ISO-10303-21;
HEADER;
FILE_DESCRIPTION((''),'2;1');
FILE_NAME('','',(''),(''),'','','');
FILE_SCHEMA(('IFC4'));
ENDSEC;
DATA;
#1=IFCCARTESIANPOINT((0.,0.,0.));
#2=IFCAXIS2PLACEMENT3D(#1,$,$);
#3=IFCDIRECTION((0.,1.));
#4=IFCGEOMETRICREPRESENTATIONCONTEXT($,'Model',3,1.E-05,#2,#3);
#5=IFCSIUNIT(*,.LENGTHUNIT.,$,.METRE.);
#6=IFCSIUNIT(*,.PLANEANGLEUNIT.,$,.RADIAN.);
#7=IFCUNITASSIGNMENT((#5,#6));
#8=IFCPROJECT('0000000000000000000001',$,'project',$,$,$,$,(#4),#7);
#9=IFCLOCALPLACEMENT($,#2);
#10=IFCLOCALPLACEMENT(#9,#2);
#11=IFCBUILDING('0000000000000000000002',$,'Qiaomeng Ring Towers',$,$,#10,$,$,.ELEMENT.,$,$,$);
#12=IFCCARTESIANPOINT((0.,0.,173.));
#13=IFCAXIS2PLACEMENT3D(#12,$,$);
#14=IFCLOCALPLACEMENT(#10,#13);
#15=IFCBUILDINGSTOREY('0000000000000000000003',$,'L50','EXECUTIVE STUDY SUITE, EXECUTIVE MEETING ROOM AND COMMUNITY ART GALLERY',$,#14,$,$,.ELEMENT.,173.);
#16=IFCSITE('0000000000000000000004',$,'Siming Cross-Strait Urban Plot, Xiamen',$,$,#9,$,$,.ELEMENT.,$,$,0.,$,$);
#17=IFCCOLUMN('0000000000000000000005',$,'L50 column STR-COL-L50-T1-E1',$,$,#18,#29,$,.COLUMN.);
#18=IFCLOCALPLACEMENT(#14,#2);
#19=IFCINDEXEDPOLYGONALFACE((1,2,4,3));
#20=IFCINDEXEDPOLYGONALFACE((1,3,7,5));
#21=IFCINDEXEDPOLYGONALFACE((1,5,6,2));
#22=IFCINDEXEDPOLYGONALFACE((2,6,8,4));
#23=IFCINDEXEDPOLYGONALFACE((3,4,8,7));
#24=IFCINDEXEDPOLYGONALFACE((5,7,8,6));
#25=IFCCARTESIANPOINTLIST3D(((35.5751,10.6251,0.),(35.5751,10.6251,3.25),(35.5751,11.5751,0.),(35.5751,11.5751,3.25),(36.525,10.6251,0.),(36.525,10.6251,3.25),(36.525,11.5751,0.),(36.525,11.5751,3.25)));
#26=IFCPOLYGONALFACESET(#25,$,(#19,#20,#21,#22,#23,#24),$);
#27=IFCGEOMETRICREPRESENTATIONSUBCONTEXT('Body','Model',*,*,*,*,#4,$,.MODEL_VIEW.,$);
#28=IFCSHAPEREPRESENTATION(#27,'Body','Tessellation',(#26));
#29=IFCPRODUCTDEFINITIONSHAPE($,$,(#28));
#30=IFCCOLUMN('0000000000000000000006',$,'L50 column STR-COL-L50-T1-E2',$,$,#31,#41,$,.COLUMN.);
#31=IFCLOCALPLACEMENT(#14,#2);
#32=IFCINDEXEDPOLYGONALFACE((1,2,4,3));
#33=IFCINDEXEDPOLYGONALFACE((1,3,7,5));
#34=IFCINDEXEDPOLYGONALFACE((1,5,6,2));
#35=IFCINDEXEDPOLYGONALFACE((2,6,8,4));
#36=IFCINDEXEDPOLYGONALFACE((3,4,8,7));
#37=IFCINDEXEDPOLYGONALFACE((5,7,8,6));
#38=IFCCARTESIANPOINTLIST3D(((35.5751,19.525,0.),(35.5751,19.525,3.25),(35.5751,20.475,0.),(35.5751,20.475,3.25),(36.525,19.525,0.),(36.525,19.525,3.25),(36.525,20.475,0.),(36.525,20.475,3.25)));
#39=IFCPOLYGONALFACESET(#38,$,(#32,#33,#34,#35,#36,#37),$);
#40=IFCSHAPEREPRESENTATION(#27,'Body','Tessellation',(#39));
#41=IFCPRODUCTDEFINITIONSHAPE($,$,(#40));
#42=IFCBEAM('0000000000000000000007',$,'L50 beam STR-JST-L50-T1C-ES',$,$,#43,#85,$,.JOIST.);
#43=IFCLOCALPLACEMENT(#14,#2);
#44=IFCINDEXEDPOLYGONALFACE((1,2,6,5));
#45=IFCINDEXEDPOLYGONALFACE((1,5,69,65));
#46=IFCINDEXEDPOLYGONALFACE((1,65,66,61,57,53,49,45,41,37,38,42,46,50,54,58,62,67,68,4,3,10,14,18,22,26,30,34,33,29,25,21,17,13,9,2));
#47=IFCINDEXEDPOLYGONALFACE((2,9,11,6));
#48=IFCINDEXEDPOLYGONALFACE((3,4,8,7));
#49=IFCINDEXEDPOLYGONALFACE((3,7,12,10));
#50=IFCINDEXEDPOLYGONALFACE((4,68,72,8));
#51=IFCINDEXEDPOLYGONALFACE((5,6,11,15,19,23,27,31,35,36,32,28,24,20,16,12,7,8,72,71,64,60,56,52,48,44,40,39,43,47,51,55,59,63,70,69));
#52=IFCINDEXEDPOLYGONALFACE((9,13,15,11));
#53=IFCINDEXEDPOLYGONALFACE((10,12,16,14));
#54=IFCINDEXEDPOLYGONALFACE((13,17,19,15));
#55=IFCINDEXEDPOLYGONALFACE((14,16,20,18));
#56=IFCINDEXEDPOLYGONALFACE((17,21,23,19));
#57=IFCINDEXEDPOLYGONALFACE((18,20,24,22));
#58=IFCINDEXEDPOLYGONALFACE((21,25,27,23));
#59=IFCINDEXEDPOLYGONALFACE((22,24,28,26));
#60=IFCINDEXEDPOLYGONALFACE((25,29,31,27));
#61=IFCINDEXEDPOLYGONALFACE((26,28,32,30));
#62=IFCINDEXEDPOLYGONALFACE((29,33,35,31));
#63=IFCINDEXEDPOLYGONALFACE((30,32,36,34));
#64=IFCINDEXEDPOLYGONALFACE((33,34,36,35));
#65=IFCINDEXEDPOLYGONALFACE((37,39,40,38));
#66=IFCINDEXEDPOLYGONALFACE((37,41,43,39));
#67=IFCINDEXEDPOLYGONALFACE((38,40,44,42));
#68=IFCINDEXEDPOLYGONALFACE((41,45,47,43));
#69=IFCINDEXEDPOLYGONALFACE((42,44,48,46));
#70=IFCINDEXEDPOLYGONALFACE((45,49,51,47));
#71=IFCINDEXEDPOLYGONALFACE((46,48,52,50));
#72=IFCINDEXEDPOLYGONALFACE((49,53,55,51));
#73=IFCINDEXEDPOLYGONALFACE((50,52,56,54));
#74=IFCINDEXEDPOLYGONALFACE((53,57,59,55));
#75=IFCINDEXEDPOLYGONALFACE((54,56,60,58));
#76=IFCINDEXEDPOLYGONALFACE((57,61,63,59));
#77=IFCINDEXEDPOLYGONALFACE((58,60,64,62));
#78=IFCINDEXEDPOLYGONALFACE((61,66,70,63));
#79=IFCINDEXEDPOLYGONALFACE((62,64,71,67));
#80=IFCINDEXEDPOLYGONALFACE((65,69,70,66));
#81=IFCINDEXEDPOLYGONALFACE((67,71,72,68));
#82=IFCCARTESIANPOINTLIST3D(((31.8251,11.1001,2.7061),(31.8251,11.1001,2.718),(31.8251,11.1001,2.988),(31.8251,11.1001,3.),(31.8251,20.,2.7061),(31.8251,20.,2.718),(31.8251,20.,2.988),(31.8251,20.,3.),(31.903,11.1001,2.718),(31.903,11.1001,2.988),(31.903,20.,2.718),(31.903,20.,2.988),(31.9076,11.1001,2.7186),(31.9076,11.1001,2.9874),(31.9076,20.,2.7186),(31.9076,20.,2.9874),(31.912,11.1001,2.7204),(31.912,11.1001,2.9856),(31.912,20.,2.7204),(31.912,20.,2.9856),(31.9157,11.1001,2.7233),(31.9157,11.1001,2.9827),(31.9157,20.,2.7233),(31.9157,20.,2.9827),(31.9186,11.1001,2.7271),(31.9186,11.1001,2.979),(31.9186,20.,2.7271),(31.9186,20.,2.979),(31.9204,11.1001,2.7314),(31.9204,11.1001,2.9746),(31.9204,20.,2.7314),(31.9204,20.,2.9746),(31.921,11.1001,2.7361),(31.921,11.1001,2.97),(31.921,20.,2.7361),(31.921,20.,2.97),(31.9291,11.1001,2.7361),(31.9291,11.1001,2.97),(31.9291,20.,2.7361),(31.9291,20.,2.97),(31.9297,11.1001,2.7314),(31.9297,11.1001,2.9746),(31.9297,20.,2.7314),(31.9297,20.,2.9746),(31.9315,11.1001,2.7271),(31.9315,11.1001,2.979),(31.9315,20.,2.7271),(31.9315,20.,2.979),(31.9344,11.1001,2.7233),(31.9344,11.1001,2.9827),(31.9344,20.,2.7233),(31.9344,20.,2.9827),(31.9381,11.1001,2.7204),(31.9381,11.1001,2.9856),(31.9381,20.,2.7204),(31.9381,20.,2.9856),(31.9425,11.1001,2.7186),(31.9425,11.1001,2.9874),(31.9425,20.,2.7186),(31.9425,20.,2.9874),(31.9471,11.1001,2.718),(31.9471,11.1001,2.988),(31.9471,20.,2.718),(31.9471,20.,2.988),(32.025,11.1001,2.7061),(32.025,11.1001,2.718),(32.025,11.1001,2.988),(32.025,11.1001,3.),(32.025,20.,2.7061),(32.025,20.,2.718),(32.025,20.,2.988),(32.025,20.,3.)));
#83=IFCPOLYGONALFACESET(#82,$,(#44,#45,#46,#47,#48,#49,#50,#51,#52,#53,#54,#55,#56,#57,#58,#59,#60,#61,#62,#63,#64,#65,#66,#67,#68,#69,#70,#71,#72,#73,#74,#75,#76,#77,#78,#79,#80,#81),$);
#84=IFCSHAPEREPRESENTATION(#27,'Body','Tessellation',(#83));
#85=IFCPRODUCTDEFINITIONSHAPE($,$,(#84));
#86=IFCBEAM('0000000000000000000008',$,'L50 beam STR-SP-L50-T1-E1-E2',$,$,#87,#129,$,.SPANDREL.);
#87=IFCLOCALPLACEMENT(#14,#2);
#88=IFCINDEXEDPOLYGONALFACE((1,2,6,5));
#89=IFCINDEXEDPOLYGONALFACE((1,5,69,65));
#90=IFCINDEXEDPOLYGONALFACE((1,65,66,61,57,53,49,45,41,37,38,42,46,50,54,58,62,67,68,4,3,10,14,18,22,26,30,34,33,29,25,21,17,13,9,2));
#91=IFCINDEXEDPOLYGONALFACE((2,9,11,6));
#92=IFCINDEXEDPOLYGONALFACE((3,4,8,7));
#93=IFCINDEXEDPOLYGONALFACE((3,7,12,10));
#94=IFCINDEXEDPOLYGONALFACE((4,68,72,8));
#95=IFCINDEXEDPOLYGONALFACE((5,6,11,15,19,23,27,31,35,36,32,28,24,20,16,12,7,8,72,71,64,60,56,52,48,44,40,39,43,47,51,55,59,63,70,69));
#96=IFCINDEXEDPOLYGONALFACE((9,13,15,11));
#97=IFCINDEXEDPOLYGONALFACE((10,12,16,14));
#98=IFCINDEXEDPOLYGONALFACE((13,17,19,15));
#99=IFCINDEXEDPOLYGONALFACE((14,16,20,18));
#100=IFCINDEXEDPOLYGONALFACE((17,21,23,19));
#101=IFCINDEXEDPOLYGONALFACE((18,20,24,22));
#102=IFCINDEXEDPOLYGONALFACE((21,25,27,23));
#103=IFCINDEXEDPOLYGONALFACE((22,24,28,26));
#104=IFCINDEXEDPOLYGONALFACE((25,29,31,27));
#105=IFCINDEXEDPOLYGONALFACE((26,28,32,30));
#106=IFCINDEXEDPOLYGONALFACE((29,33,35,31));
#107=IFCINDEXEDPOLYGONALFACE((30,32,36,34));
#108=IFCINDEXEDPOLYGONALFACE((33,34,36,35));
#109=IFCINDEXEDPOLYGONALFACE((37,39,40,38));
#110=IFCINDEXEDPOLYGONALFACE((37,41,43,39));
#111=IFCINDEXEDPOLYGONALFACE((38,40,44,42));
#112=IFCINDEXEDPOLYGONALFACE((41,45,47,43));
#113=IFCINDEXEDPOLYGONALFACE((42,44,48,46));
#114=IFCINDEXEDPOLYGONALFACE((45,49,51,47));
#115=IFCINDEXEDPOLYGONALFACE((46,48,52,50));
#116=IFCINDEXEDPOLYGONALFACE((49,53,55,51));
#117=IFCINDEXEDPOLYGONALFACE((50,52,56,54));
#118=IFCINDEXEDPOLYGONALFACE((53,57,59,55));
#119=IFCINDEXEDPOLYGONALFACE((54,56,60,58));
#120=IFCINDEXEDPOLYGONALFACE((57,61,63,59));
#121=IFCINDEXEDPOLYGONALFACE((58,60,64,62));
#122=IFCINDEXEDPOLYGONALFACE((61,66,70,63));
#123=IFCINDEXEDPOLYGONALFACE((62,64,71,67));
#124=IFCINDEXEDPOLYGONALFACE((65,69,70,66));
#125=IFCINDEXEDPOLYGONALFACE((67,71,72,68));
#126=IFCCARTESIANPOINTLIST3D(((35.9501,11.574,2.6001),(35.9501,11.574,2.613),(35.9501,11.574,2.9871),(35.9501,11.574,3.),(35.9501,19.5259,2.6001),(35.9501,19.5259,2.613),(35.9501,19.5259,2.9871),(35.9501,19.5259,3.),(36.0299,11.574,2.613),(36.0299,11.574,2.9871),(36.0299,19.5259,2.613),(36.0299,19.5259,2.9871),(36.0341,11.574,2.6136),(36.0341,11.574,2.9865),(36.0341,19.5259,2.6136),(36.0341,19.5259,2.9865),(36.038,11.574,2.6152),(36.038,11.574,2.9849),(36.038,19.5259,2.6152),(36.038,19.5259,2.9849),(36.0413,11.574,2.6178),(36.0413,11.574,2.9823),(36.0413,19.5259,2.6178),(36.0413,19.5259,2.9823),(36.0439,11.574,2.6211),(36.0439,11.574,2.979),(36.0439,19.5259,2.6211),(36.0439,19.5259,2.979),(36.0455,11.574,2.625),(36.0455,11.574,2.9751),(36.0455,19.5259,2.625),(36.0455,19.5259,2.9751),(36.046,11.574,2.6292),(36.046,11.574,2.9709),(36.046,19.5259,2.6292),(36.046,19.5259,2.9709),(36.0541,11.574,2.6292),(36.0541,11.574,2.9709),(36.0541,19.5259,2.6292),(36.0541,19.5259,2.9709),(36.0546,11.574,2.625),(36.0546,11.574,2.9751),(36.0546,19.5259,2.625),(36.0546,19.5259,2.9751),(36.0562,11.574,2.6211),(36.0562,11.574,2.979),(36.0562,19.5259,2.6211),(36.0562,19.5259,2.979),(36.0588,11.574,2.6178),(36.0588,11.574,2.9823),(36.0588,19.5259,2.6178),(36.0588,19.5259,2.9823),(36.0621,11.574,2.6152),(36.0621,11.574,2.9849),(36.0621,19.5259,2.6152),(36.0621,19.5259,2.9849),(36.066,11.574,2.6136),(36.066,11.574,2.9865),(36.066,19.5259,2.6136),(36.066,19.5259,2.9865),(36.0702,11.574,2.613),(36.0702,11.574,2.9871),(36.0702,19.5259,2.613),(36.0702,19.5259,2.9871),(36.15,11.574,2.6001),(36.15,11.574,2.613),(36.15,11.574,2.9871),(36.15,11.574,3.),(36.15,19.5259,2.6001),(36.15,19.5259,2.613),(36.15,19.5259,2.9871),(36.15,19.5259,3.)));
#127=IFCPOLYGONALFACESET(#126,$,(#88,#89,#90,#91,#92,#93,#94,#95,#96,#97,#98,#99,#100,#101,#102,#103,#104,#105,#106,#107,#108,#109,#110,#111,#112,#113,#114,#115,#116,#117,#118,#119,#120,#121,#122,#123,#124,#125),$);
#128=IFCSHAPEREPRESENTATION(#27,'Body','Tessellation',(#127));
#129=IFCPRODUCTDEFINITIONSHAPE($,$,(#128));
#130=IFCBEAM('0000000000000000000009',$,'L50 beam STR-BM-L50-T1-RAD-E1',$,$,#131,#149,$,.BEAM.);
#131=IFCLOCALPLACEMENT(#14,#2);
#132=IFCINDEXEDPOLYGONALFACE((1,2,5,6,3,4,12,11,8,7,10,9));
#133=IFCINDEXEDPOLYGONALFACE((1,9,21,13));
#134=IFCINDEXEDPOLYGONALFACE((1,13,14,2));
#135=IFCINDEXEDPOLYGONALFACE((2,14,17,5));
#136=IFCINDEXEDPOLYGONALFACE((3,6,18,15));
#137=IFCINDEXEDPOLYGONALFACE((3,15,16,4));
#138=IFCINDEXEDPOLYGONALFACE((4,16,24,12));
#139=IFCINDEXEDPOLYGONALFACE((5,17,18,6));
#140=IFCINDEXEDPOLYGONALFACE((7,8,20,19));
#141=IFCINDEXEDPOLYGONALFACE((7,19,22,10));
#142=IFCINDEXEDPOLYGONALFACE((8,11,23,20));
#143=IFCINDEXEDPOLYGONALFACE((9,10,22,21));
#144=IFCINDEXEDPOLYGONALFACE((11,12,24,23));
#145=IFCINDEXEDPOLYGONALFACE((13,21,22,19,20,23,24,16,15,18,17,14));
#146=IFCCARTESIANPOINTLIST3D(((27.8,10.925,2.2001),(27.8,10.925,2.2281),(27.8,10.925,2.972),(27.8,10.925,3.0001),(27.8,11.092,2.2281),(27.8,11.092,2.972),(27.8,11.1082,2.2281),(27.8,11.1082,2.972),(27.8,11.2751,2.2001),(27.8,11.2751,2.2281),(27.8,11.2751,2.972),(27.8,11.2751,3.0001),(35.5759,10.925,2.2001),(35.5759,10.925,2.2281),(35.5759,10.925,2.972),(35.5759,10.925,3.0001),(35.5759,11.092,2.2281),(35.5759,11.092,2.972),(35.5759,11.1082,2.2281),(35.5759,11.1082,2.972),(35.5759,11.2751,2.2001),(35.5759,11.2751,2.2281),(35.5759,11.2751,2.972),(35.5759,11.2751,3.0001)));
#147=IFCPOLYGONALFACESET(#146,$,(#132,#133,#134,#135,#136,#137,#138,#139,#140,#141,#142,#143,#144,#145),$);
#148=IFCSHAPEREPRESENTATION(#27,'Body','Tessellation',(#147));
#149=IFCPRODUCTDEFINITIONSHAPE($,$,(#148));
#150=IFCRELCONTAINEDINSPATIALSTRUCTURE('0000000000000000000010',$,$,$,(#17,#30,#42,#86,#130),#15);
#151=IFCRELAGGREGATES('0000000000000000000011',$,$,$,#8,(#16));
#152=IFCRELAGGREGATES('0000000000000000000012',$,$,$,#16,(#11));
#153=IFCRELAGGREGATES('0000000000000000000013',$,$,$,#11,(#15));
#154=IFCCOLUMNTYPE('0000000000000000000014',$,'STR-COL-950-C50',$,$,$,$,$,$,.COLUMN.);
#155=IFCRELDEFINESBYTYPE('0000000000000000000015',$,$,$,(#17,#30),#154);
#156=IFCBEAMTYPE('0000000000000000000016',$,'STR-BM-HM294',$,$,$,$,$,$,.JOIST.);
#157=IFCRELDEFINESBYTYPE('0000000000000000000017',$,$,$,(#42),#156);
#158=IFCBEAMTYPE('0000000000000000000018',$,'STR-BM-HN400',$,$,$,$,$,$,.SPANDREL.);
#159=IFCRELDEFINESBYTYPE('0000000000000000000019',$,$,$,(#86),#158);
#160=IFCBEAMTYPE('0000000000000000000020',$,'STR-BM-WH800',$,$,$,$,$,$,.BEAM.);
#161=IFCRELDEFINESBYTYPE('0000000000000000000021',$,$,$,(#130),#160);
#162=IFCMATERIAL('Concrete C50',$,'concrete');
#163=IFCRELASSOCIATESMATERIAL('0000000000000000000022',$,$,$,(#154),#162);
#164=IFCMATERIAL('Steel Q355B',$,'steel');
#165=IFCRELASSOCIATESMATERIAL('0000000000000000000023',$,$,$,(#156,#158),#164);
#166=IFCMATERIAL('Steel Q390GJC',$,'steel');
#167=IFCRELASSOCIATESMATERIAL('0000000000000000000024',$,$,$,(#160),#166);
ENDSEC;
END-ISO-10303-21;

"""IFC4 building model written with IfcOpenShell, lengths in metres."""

from ifc_helpers import new_model, si_unit, direction, frame, origin, origin_2d, place, context, subcontext, project, spatial, rectangle, i_section, extrude, source, transform, mapped, material, material_profile, profile_set, type_object, element, save


model = new_model("IFC4")

# Units and contexts
model_context = context("Model", 3, precision=1e-05, world=origin(), true_north=direction((0.0, 1.0)))
body_context = subcontext(model_context, "Body", "Model", "MODEL_VIEW")
ifc_project = project(units=[si_unit("LENGTHUNIT", "METRE"), si_unit("PLANEANGLEUNIT", "RADIAN")], contexts=[model_context])

# Site, building, storey
site_placement = place(None, origin())
site = spatial("IfcSite", under=ifc_project, at=site_placement, Name="Siming Cross-Strait Urban Plot, Xiamen", CompositionType="ELEMENT", RefElevation=0.0)
building_placement = place(site_placement, origin())
building = spatial("IfcBuilding", under=site, at=building_placement, Name="Qiaomeng Ring Towers", CompositionType="ELEMENT")
storey_placement = place(building_placement, frame((0.0, 0.0, 173.0)))
storey = spatial("IfcBuildingStorey", under=building, at=storey_placement, Name="L50", Description="EXECUTIVE STUDY SUITE, EXECUTIVE MEETING ROOM AND COMMUNITY ART GALLERY", CompositionType="ELEMENT", Elevation=173.0)

# Columns
ifc_material_1 = material(Name="Concrete C50", Category="concrete")
ifc_material_profile_1 = material_profile(ifc_material_1, rectangle(XDim=0.95, YDim=0.95, at=origin_2d()), Name="RC COL 950x950")
ifc_profile_set_1 = profile_set([ifc_material_profile_1], Name="Concrete C50")
column_type = type_object("IfcColumnType", Name="STR-COL-950-C50", PredefinedType="COLUMN", material=ifc_profile_set_1)
shared_shape_1 = source(origin(), body_context, "Body", "SweptSolid", [
    extrude(rectangle(XDim=0.95, YDim=0.95, at=origin_2d()), origin(), (0.0, 0.0, 1.0), 3.25),
])
for number, where, z_axis, x_axis, name in (
    (1, (36.05, 11.1001, 0.0), (0.0, 0.0, 1.0), (1.0, 0.0, 0.0), "L50 column STR-COL-L50-T1-E1"),
    (2, (36.05, 20.0, 0.0), (0.0, 0.0, 1.0), (1.0, 0.0, 0.0), "L50 column STR-COL-L50-T1-E2"),
):
    element("IfcColumn", number, at=place(storey_placement, frame(where, z_axis=z_axis, x_axis=x_axis)), inside=storey, type_object=column_type, Name=name, PredefinedType="COLUMN", context=body_context, shape_type="MappedRepresentation", body=[
        mapped(shared_shape_1, transform((0.0, 0.0, 0.0), x_axis=(1.0, 0.0, 0.0), y_axis=(0.0, 1.0, 0.0), z_axis=(0.0, 0.0, 1.0), scale=1.0)),
    ])

# Beams
ifc_material_2 = material(Name="Steel Q355B", Category="steel")
ifc_material_profile_2 = material_profile(ifc_material_2, i_section(OverallWidth=0.2, OverallDepth=0.2939, WebThickness=0.0081, FlangeThickness=0.012, FilletRadius=0.0181, at=origin_2d()), Name="HM 294x200x8x12")
ifc_profile_set_2 = profile_set([ifc_material_profile_2], Name="Steel Q355B")
beam_type_1 = type_object("IfcBeamType", Name="STR-BM-HM294", PredefinedType="JOIST", material=ifc_profile_set_2)
shared_shape_2 = source(origin(), body_context, "Body", "SweptSolid", [
    extrude(i_section(OverallWidth=0.2, OverallDepth=0.2939, WebThickness=0.0081, FlangeThickness=0.012, FilletRadius=0.0181, at=origin_2d()), origin(), (0.0, 0.0, 1.0), 8.8999),
])
beam_1_placement = place(storey_placement, frame((31.925, 11.1001, 2.853), z_axis=(0.0, 1.0, 0.0), x_axis=(-1.0, 0.0, 0.0)))
element("IfcBeam", 3, at=beam_1_placement, inside=storey, type_object=beam_type_1, Name="L50 beam STR-JST-L50-T1C-ES", PredefinedType="JOIST", context=body_context, shape_type="MappedRepresentation", body=[
    mapped(shared_shape_2, transform((0.0, 0.0, 0.0), x_axis=(1.0, 0.0, 0.0), y_axis=(0.0, 1.0, 0.0), z_axis=(0.0, 0.0, 1.0), scale=1.0)),
])
ifc_material_profile_3 = material_profile(ifc_material_2, i_section(OverallWidth=0.2, OverallDepth=0.3999, WebThickness=0.0081, FlangeThickness=0.0129, FilletRadius=0.0161, at=origin_2d()), Name="HN 400x200x8x13")
ifc_profile_set_3 = profile_set([ifc_material_profile_3], Name="Steel Q355B")
beam_type_2 = type_object("IfcBeamType", Name="STR-BM-HN400", PredefinedType="SPANDREL", material=ifc_profile_set_3)
shared_shape_3 = source(origin(), body_context, "Body", "SweptSolid", [
    extrude(i_section(OverallWidth=0.2, OverallDepth=0.3999, WebThickness=0.0081, FlangeThickness=0.0129, FilletRadius=0.0161, at=origin_2d()), origin(), (0.0, 0.0, 1.0), 7.9519),
])
beam_2_placement = place(storey_placement, frame((36.05, 11.574, 2.8), z_axis=(0.0, 1.0, 0.0), x_axis=(-1.0, 0.0, 0.0)))
element("IfcBeam", 4, at=beam_2_placement, inside=storey, type_object=beam_type_2, Name="L50 beam STR-SP-L50-T1-E1-E2", PredefinedType="SPANDREL", context=body_context, shape_type="MappedRepresentation", body=[
    mapped(shared_shape_3, transform((0.0, 0.0, 0.0), x_axis=(1.0, 0.0, 0.0), y_axis=(0.0, 1.0, 0.0), z_axis=(0.0, 0.0, 1.0), scale=1.0)),
])
ifc_material_3 = material(Name="Steel Q390GJC", Category="steel")
ifc_material_profile_4 = material_profile(ifc_material_3, i_section(OverallWidth=0.3501, OverallDepth=0.8, WebThickness=0.0161, FlangeThickness=0.0281, at=origin_2d()), Name="WH 800x350x16x28")
ifc_profile_set_4 = profile_set([ifc_material_profile_4], Name="Steel Q390GJC")
beam_type_3 = type_object("IfcBeamType", Name="STR-BM-WH800", PredefinedType="BEAM", material=ifc_profile_set_4)
shared_shape_4 = source(origin(), body_context, "Body", "SweptSolid", [
    extrude(i_section(OverallWidth=0.3501, OverallDepth=0.8, WebThickness=0.0161, FlangeThickness=0.0281, at=origin_2d()), origin(), (0.0, 0.0, 1.0), 7.7759),
])
beam_3_placement = place(storey_placement, frame((27.8, 11.1001, 2.6001), z_axis=(1.0, 0.0, 0.0), x_axis=(0.0, 1.0, 0.0)))
element("IfcBeam", 5, at=beam_3_placement, inside=storey, type_object=beam_type_3, Name="L50 beam STR-BM-L50-T1-RAD-E1", PredefinedType="BEAM", context=body_context, shape_type="MappedRepresentation", body=[
    mapped(shared_shape_4, transform((0.0, 0.0, 0.0), x_axis=(1.0, 0.0, 0.0), y_axis=(0.0, 1.0, 0.0), z_axis=(0.0, 0.0, 1.0), scale=1.0)),
])

save(model, "model.ifc")
